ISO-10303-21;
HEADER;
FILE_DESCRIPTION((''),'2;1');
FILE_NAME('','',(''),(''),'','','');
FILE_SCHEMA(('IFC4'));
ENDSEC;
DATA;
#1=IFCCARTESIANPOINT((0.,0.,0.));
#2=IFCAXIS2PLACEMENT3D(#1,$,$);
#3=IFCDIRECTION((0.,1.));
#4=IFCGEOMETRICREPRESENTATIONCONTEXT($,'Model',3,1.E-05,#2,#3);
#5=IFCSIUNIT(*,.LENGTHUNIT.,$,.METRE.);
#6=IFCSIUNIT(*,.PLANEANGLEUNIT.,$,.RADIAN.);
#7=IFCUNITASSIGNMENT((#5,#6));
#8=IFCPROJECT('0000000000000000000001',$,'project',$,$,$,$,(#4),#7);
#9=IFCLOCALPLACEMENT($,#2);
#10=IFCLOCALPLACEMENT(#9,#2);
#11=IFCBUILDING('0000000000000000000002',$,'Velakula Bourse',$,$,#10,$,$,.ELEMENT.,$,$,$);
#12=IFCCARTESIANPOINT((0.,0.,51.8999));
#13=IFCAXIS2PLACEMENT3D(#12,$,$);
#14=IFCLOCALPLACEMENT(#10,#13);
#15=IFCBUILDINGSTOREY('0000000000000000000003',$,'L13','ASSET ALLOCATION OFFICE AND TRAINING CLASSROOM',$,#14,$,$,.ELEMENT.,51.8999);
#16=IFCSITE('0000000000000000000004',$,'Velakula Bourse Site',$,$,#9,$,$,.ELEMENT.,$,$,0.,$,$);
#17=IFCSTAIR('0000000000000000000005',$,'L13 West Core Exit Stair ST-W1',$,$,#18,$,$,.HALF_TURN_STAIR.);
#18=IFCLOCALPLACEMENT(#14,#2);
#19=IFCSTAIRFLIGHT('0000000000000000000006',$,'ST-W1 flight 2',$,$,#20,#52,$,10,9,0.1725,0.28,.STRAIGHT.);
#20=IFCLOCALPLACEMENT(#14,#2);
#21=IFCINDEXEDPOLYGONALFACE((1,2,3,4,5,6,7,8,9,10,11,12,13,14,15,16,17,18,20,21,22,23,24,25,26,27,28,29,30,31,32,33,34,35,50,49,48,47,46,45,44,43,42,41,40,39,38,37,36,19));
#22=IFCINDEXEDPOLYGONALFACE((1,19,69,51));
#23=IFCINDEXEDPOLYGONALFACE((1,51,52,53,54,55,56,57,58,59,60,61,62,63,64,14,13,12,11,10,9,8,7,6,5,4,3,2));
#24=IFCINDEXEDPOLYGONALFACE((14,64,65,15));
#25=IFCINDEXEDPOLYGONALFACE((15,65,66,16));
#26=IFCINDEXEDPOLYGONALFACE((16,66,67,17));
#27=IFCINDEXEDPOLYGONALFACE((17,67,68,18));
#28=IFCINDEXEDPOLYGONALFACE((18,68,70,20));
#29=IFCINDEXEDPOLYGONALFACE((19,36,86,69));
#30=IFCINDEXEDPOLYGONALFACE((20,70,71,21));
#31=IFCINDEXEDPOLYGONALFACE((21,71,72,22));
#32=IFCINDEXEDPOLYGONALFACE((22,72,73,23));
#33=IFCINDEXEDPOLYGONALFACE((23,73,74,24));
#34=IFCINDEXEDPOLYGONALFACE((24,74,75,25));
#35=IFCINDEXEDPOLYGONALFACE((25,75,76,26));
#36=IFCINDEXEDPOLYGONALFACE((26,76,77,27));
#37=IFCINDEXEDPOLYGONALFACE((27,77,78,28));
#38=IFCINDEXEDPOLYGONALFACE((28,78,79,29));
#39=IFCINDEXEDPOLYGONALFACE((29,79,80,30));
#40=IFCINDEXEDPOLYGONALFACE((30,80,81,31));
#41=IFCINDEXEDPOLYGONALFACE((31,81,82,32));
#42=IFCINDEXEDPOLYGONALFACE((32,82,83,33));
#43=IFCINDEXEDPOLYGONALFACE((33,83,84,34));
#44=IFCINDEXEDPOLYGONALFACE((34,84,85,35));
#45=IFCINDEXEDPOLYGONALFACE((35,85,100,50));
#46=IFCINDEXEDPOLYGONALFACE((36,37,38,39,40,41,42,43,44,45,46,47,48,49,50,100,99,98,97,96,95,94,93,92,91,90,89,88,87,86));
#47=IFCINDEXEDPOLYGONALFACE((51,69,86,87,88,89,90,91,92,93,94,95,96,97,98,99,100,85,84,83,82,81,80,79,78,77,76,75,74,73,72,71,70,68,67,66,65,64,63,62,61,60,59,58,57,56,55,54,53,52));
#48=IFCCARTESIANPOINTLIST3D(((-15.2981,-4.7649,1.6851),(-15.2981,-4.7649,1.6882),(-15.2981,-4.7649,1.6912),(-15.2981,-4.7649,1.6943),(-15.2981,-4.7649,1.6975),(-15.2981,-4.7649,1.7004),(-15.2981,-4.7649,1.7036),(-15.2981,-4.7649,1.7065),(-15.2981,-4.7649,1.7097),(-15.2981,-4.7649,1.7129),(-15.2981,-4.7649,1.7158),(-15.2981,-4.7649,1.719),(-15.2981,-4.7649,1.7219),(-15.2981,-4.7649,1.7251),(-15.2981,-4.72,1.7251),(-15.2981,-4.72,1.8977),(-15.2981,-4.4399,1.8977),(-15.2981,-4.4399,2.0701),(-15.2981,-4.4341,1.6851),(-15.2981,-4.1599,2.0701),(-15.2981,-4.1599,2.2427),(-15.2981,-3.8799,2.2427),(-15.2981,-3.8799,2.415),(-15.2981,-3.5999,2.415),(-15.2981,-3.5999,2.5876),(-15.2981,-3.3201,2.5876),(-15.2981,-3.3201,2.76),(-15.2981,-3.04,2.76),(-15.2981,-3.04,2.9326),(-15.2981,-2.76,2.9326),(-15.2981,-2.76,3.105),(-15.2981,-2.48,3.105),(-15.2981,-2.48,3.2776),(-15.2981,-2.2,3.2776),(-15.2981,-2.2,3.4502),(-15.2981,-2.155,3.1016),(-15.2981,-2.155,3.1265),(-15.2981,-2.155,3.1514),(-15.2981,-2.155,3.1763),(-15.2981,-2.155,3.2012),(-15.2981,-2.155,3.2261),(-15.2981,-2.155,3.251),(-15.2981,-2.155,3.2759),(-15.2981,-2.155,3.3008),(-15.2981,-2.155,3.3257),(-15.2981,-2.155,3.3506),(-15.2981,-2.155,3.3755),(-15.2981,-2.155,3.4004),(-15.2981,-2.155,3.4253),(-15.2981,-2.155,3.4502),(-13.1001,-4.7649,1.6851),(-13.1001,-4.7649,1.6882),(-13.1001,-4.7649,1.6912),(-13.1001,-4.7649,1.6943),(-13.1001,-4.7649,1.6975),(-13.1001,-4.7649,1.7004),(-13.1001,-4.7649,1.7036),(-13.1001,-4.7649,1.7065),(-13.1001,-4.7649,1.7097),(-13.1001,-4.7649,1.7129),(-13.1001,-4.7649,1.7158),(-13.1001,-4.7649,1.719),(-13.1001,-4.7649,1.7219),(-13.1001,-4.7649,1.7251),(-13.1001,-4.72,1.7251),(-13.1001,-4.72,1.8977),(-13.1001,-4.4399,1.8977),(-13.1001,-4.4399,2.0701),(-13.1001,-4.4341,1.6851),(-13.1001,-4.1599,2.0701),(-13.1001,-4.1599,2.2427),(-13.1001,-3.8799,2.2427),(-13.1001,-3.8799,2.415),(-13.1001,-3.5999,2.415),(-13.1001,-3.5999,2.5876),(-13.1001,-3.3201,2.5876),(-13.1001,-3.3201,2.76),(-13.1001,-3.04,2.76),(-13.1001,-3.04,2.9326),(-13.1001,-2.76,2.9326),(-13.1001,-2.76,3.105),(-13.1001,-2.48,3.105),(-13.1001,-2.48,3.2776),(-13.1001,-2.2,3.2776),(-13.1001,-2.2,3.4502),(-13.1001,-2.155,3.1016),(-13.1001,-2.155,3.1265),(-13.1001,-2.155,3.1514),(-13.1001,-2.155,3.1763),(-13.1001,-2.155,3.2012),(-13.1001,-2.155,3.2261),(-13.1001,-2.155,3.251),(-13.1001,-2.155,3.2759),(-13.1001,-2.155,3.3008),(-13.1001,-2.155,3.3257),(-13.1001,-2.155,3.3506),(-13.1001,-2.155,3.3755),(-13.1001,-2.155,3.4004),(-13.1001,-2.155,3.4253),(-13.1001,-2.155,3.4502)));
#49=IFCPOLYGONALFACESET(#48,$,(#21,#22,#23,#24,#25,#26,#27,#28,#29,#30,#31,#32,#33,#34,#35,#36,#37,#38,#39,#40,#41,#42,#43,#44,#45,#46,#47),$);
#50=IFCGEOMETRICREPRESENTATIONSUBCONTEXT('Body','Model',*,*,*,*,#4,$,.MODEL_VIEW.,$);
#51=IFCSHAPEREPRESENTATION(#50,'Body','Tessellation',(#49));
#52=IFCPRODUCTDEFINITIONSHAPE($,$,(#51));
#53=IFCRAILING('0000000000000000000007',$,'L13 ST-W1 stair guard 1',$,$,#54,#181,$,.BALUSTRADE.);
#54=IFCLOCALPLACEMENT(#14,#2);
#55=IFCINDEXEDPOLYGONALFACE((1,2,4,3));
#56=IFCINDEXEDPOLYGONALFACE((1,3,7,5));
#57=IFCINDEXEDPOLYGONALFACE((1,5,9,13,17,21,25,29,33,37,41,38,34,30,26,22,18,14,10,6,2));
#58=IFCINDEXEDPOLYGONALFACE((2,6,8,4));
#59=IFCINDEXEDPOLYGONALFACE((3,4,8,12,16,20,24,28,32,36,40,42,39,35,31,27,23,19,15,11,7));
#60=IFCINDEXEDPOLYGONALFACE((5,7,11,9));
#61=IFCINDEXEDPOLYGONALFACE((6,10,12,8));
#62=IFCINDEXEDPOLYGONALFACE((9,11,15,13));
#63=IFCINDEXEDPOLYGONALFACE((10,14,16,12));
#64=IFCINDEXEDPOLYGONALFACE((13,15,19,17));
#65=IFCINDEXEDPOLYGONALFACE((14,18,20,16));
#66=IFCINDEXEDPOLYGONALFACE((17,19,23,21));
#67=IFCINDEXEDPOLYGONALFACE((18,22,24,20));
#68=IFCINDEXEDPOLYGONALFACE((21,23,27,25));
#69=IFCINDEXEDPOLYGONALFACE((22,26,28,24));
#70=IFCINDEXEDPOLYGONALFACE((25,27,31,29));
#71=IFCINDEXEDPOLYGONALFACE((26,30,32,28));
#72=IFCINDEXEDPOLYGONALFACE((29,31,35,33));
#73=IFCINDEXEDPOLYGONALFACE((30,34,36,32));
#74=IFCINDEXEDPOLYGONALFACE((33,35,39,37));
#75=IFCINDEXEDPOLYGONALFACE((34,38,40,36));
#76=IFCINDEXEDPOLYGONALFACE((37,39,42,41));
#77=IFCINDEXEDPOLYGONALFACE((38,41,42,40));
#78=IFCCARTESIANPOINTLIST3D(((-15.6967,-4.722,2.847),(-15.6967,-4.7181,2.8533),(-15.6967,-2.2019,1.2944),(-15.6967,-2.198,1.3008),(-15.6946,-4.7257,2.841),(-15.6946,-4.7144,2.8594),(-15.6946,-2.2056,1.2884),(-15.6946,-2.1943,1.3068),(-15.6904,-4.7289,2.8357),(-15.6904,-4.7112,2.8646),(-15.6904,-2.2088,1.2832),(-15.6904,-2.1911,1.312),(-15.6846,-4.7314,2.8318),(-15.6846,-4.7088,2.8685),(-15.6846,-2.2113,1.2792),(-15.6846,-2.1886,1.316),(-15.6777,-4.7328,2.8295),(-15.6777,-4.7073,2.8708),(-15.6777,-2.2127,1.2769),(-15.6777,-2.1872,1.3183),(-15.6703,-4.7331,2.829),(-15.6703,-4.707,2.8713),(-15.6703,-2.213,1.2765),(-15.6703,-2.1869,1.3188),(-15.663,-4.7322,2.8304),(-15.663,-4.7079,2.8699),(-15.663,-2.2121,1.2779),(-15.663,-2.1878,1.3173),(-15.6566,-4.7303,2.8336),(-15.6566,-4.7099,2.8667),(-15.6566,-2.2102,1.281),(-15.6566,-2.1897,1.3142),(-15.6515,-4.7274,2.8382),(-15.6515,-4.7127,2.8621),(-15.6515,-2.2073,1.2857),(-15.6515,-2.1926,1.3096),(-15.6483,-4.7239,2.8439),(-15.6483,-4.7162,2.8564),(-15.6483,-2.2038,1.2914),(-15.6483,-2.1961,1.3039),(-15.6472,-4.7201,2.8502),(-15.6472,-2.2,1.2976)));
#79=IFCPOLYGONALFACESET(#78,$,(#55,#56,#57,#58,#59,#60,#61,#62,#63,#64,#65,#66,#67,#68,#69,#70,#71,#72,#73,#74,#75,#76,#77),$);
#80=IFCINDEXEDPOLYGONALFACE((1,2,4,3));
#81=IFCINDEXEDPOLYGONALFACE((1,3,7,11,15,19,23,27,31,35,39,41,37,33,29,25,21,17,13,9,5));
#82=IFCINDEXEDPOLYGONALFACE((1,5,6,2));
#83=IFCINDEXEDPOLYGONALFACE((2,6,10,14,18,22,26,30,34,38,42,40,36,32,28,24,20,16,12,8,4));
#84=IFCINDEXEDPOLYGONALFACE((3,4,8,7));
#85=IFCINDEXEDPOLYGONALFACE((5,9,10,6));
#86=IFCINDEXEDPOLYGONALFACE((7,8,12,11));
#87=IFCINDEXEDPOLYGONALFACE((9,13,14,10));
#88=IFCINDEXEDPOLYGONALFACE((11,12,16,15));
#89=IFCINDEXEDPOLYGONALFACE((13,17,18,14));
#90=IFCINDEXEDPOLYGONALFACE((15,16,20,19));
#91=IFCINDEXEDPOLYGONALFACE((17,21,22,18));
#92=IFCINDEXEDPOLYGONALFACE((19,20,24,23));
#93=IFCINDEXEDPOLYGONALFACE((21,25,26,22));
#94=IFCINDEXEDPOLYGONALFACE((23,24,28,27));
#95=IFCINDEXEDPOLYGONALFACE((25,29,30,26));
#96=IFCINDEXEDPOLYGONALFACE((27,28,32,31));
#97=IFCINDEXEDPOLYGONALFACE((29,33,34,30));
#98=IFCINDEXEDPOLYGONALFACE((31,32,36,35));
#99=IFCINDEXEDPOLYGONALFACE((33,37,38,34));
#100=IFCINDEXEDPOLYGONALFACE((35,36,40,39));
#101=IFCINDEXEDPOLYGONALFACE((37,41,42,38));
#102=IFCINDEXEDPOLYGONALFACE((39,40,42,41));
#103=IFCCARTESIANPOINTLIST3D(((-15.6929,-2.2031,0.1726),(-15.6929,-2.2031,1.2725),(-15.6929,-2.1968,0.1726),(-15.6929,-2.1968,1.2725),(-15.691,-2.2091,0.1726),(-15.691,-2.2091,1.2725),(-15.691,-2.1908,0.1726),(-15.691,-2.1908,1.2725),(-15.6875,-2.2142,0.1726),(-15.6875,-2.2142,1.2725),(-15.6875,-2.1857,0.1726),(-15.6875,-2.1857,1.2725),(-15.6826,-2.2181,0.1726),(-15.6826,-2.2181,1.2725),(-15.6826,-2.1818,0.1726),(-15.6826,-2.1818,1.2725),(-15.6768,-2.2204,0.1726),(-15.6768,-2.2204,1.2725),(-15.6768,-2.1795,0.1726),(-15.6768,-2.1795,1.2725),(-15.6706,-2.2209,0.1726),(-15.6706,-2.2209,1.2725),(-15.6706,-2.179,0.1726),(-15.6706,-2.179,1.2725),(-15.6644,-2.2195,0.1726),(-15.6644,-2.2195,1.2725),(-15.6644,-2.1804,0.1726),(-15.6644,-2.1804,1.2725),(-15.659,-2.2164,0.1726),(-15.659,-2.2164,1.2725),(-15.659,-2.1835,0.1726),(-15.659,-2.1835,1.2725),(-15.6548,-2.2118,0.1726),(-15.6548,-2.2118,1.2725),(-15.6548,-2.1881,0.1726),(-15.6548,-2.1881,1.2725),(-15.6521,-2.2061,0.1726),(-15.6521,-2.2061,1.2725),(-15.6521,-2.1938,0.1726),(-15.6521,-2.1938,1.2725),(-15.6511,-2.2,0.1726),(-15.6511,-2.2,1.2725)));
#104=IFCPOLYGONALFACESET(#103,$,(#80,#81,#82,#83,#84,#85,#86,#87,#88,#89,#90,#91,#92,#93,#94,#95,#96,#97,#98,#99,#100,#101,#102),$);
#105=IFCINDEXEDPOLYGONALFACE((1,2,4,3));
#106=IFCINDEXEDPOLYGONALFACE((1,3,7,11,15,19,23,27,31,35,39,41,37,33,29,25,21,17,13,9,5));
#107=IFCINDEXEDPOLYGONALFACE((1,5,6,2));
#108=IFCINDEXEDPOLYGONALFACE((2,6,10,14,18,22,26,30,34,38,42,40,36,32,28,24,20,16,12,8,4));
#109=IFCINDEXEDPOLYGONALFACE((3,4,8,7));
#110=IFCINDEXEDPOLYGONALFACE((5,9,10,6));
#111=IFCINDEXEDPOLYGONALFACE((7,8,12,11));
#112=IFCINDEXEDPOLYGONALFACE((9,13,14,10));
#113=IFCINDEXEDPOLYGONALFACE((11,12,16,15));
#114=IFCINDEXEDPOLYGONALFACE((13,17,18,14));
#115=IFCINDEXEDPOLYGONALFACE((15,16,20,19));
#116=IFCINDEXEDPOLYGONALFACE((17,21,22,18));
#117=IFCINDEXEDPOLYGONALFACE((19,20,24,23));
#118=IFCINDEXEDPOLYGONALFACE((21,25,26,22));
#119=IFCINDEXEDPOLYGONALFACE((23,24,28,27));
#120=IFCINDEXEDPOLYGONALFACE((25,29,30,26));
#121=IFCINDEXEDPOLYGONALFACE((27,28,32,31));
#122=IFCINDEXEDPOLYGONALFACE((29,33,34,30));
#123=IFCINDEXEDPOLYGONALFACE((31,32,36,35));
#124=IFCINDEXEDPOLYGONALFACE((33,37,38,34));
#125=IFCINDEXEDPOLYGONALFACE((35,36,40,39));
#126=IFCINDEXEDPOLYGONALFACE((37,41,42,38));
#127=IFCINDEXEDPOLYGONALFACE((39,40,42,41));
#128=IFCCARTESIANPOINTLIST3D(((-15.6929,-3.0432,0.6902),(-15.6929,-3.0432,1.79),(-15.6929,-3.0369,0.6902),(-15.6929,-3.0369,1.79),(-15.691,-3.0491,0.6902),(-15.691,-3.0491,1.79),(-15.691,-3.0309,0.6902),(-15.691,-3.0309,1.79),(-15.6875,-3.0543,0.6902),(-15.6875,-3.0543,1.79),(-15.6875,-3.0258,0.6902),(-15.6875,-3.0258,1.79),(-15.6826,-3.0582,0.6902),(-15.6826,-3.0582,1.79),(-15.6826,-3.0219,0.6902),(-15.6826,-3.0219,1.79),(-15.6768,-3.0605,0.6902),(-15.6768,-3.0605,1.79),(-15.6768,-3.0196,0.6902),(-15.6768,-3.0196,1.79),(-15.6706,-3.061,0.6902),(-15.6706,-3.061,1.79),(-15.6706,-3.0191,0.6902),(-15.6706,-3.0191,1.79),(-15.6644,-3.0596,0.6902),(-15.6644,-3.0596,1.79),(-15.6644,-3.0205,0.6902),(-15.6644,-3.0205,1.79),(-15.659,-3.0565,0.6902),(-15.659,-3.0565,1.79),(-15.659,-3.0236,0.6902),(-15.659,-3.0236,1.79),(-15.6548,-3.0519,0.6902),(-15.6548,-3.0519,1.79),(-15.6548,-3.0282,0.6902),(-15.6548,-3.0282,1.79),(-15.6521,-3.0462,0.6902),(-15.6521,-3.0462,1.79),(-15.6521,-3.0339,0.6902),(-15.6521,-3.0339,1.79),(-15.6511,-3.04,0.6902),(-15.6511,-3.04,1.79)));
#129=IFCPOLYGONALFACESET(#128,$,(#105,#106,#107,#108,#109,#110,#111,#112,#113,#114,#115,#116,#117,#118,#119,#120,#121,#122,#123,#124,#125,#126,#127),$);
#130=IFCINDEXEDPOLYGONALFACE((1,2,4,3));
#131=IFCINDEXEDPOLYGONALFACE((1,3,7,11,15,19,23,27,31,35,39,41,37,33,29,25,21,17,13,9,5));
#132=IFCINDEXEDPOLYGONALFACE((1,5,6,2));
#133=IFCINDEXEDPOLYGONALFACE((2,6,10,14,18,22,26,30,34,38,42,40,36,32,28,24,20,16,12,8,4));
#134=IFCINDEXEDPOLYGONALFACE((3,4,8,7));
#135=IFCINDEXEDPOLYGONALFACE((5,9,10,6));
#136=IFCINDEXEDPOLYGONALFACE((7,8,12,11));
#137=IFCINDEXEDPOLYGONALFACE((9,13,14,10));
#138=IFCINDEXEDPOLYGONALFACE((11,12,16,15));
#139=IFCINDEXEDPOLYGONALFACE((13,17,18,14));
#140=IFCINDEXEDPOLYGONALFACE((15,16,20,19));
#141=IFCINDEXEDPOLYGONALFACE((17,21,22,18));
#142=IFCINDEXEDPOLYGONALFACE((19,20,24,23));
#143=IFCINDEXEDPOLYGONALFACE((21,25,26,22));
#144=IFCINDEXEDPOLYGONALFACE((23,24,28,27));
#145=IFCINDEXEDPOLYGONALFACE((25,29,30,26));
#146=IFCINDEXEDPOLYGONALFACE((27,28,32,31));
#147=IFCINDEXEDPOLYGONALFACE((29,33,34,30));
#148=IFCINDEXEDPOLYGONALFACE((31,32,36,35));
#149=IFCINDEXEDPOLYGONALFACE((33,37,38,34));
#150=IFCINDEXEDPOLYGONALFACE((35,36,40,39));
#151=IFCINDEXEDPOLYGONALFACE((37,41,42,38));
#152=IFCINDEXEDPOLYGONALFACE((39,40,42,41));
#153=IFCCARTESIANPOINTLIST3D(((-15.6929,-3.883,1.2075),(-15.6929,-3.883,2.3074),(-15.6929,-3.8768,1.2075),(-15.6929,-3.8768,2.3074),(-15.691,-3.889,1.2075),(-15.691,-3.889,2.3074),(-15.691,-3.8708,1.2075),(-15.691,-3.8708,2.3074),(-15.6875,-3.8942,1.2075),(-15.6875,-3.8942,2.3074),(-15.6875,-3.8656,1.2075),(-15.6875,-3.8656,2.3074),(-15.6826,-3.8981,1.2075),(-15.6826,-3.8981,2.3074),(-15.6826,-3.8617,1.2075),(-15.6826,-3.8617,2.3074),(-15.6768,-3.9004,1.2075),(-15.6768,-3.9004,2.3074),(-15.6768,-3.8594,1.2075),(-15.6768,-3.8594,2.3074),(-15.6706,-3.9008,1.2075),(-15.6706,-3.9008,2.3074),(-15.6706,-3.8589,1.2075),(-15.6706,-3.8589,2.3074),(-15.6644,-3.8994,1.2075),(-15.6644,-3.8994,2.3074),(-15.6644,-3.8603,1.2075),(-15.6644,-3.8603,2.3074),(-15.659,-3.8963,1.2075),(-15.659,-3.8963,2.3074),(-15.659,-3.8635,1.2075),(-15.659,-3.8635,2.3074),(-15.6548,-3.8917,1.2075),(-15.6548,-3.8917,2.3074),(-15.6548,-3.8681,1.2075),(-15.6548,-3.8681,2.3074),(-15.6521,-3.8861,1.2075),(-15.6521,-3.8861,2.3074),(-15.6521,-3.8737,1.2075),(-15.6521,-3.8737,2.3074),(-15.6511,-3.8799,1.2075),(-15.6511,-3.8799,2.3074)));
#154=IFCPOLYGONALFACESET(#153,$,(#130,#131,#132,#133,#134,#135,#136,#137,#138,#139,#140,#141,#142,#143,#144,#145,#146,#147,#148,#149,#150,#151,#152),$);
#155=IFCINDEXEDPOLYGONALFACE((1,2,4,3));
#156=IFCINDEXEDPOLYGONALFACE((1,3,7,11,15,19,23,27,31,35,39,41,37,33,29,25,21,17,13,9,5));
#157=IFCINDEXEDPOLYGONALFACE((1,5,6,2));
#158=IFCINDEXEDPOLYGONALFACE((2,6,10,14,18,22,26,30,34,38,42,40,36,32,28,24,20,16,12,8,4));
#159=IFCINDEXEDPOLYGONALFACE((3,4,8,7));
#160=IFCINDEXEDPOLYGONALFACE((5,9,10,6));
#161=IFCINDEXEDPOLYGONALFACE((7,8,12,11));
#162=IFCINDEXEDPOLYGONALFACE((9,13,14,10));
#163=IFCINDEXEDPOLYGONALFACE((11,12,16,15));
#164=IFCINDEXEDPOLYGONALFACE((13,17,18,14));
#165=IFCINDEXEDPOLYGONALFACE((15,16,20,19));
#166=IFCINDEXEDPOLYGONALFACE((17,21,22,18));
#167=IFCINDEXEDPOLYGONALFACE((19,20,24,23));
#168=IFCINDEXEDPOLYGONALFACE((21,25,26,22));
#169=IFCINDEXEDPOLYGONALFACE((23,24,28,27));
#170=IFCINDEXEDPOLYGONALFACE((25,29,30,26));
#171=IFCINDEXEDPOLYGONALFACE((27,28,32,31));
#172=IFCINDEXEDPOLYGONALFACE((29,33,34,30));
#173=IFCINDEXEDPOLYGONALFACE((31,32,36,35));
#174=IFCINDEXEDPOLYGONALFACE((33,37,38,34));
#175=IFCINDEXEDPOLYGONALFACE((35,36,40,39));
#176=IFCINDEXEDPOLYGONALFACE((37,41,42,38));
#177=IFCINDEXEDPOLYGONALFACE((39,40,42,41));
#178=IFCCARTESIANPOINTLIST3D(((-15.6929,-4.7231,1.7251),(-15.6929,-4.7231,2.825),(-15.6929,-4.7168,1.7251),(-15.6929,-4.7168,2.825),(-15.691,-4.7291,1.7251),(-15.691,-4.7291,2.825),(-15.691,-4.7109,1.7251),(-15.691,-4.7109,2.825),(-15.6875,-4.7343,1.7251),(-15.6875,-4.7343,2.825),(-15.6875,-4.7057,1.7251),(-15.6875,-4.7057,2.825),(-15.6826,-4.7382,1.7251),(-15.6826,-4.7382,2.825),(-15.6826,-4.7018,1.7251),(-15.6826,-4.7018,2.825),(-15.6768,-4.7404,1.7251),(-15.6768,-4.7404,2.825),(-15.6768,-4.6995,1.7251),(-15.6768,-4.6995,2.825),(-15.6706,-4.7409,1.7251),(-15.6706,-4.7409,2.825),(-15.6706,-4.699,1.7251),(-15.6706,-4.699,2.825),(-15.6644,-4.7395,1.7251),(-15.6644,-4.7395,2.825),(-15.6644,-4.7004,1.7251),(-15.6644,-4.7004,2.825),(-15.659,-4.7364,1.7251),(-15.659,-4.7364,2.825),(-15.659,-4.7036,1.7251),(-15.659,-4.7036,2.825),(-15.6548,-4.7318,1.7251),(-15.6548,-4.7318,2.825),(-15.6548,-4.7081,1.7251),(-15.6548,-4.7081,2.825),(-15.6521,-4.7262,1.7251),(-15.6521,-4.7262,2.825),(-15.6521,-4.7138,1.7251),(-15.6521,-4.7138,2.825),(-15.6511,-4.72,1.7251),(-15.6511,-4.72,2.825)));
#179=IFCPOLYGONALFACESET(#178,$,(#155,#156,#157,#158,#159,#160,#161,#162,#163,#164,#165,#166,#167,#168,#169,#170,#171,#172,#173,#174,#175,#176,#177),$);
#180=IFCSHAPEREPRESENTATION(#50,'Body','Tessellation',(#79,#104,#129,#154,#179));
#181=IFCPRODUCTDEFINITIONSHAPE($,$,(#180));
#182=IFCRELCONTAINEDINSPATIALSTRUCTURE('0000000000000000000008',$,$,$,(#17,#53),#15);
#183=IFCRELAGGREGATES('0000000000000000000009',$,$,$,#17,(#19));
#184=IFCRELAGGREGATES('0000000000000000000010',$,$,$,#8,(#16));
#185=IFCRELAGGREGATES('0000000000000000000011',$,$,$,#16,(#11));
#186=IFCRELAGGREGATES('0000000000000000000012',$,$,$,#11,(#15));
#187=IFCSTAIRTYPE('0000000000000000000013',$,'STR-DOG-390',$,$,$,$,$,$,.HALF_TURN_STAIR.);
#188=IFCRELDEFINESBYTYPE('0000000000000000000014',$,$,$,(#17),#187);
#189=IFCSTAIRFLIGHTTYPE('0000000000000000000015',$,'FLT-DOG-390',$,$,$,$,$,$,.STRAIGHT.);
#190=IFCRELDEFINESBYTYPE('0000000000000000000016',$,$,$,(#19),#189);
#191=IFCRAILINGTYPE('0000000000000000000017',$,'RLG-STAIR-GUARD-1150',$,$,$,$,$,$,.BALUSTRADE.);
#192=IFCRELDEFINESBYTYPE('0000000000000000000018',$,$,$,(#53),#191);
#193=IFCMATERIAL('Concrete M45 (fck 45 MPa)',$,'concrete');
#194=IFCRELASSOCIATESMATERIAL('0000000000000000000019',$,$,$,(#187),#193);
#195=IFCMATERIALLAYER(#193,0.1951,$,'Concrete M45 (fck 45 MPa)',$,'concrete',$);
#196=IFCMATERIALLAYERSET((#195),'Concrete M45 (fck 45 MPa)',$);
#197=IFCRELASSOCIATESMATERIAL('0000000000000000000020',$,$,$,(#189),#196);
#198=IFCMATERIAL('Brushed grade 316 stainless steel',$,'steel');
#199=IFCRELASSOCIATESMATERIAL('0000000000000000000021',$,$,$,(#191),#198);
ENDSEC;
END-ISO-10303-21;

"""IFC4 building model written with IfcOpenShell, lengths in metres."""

from ifc_helpers import new_model, si_unit, direction, frame, origin, origin_2d, place, context, subcontext, project, spatial, polyline, circle, outline, extrude, material, layer, layer_set, type_object, element, aggregate, save


model = new_model("IFC4")

# Units and contexts
model_context = context("Model", 3, precision=1e-05, world=origin(), true_north=direction((0.0, 1.0)))
body_context = subcontext(model_context, "Body", "Model", "MODEL_VIEW")
ifc_project = project(units=[si_unit("LENGTHUNIT", "METRE"), si_unit("PLANEANGLEUNIT", "RADIAN")], contexts=[model_context])

# Site, building, storey
site_placement = place(None, origin())
site = spatial("IfcSite", under=ifc_project, at=site_placement, Name="Velakula Bourse Site", CompositionType="ELEMENT", RefElevation=0.0)
building_placement = place(site_placement, origin())
building = spatial("IfcBuilding", under=site, at=building_placement, Name="Velakula Bourse", CompositionType="ELEMENT")
storey_placement = place(building_placement, frame((0.0, 0.0, 51.8999)))
storey = spatial("IfcBuildingStorey", under=building, at=storey_placement, Name="L13", Description="ASSET ALLOCATION OFFICE AND TRAINING CLASSROOM", CompositionType="ELEMENT", Elevation=51.8999)

# Shared definitions
ifc_material_1 = material(Name="Brushed grade 316 stainless steel", Category="steel")

# Stair, stair flight
ifc_material_2 = material(Name="Concrete M45 (fck 45 MPa)", Category="concrete")
stair_type = type_object("IfcStairType", Name="STR-DOG-390", PredefinedType="HALF_TURN_STAIR", material=ifc_material_2)
stair_placement = place(storey_placement, origin())
stair = element("IfcStair", 1, at=stair_placement, inside=storey, type_object=stair_type, Name="L13 West Core Exit Stair ST-W1", PredefinedType="HALF_TURN_STAIR")
ifc_layer_1 = layer(ifc_material_2, 0.1951, Name="Concrete M45 (fck 45 MPa)", Category="concrete")
ifc_layer_set_1 = layer_set([ifc_layer_1], Name="Concrete M45 (fck 45 MPa)")
stair_flight_type = type_object("IfcStairFlightType", Name="FLT-DOG-390", PredefinedType="STRAIGHT", material=ifc_layer_set_1)
stair_flight_1_placement = place(storey_placement, frame((-14.199, -4.72, 1.7251), z_axis=(0.0, 0.0, 1.0), x_axis=(0.0, 1.0, 0.0)))
stair_flight_1 = element("IfcStairFlight", 2, at=stair_flight_1_placement, type_object=stair_flight_type, Name="ST-W1 flight 2", NumberOfRisers=10, NumberOfTreads=9, PredefinedType="STRAIGHT", RiserHeight=0.1725, TreadLength=0.28, context=body_context, shape_type="SweptSolid", body=[
    extrude(outline(polyline([(-0.0449, -0.04), (-0.0449, -0.0369), (-0.0449, -0.0339), (-0.0449, -0.0308), (-0.0449, -0.0276), (-0.0449, -0.0247), (-0.0449, -0.0215), (-0.0449, -0.0186), (-0.0449, -0.0154), (-0.0449, -0.0122), (-0.0449, -0.0093), (-0.0449, -0.0061), (-0.0449, -0.0032), (-0.0449, 0.0), (0.0, 0.0), (0.0, 0.1726), (0.28, 0.1726), (0.28, 0.345), (0.5601, 0.345), (0.5601, 0.5176), (0.8401, 0.5176), (0.8401, 0.6899), (1.1201, 0.6899), (1.1201, 0.8625), (1.3999, 0.8625), (1.3999, 1.0349), (1.6799, 1.0349), (1.6799, 1.2075), (1.96, 1.2075), (1.96, 1.3799), (2.24, 1.3799), (2.24, 1.5525), (2.52, 1.5525), (2.52, 1.7251), (2.5649, 1.7251), (2.5649, 1.7002), (2.5649, 1.6753), (2.5649, 1.6504), (2.5649, 1.6255), (2.5649, 1.6006), (2.5649, 1.5757), (2.5649, 1.5508), (2.5649, 1.5259), (2.5649, 1.501), (2.5649, 1.4761), (2.5649, 1.4512), (2.5649, 1.4263), (2.5649, 1.4014), (2.5649, 1.3765), (0.2859, -0.04), (-0.0449, -0.04)])), frame((0.0, 1.0991, 0.0), z_axis=(0.0, -1.0, 0.0), x_axis=(1.0, 0.0, 0.0)), (0.0, 0.0, 1.0), 2.198),
])
aggregate(stair, [stair_flight_1])

# Railing
railing_type_1 = type_object("IfcRailingType", Name="RLG-STAIR-GUARD-1150", PredefinedType="BALUSTRADE", material=ifc_material_1)
railing_1_placement = place(storey_placement, frame((-15.6721, -2.2, 0.1726)))
element("IfcRailing", 3, at=railing_1_placement, inside=storey, type_object=railing_type_1, Name="L13 ST-W1 stair guard 1", PredefinedType="BALUSTRADE", context=body_context, shape_type="SweptSolid", body=[
    extrude(circle(Radius=0.0249, at=origin_2d()), frame((0.0, 0.0, 1.125), z_axis=(0.0, -0.8514, 0.524516), x_axis=(1.0, 0.0, 0.0)), (0.0, 0.0, 1.0), 2.96),
    extrude(circle(Radius=0.021, at=origin_2d()), origin(), (0.0, 0.0, 1.0), 1.0999),
    extrude(circle(Radius=0.021, at=origin_2d()), frame((0.0, -0.8401, 0.5176)), (0.0, 0.0, 1.0), 1.0999),
    extrude(circle(Radius=0.021, at=origin_2d()), frame((0.0, -1.6799, 1.0349)), (0.0, 0.0, 1.0), 1.0999),
    extrude(circle(Radius=0.021, at=origin_2d()), frame((0.0, -2.52, 1.5525)), (0.0, 0.0, 1.0), 1.0999),
])

save(model, "model.ifc")
